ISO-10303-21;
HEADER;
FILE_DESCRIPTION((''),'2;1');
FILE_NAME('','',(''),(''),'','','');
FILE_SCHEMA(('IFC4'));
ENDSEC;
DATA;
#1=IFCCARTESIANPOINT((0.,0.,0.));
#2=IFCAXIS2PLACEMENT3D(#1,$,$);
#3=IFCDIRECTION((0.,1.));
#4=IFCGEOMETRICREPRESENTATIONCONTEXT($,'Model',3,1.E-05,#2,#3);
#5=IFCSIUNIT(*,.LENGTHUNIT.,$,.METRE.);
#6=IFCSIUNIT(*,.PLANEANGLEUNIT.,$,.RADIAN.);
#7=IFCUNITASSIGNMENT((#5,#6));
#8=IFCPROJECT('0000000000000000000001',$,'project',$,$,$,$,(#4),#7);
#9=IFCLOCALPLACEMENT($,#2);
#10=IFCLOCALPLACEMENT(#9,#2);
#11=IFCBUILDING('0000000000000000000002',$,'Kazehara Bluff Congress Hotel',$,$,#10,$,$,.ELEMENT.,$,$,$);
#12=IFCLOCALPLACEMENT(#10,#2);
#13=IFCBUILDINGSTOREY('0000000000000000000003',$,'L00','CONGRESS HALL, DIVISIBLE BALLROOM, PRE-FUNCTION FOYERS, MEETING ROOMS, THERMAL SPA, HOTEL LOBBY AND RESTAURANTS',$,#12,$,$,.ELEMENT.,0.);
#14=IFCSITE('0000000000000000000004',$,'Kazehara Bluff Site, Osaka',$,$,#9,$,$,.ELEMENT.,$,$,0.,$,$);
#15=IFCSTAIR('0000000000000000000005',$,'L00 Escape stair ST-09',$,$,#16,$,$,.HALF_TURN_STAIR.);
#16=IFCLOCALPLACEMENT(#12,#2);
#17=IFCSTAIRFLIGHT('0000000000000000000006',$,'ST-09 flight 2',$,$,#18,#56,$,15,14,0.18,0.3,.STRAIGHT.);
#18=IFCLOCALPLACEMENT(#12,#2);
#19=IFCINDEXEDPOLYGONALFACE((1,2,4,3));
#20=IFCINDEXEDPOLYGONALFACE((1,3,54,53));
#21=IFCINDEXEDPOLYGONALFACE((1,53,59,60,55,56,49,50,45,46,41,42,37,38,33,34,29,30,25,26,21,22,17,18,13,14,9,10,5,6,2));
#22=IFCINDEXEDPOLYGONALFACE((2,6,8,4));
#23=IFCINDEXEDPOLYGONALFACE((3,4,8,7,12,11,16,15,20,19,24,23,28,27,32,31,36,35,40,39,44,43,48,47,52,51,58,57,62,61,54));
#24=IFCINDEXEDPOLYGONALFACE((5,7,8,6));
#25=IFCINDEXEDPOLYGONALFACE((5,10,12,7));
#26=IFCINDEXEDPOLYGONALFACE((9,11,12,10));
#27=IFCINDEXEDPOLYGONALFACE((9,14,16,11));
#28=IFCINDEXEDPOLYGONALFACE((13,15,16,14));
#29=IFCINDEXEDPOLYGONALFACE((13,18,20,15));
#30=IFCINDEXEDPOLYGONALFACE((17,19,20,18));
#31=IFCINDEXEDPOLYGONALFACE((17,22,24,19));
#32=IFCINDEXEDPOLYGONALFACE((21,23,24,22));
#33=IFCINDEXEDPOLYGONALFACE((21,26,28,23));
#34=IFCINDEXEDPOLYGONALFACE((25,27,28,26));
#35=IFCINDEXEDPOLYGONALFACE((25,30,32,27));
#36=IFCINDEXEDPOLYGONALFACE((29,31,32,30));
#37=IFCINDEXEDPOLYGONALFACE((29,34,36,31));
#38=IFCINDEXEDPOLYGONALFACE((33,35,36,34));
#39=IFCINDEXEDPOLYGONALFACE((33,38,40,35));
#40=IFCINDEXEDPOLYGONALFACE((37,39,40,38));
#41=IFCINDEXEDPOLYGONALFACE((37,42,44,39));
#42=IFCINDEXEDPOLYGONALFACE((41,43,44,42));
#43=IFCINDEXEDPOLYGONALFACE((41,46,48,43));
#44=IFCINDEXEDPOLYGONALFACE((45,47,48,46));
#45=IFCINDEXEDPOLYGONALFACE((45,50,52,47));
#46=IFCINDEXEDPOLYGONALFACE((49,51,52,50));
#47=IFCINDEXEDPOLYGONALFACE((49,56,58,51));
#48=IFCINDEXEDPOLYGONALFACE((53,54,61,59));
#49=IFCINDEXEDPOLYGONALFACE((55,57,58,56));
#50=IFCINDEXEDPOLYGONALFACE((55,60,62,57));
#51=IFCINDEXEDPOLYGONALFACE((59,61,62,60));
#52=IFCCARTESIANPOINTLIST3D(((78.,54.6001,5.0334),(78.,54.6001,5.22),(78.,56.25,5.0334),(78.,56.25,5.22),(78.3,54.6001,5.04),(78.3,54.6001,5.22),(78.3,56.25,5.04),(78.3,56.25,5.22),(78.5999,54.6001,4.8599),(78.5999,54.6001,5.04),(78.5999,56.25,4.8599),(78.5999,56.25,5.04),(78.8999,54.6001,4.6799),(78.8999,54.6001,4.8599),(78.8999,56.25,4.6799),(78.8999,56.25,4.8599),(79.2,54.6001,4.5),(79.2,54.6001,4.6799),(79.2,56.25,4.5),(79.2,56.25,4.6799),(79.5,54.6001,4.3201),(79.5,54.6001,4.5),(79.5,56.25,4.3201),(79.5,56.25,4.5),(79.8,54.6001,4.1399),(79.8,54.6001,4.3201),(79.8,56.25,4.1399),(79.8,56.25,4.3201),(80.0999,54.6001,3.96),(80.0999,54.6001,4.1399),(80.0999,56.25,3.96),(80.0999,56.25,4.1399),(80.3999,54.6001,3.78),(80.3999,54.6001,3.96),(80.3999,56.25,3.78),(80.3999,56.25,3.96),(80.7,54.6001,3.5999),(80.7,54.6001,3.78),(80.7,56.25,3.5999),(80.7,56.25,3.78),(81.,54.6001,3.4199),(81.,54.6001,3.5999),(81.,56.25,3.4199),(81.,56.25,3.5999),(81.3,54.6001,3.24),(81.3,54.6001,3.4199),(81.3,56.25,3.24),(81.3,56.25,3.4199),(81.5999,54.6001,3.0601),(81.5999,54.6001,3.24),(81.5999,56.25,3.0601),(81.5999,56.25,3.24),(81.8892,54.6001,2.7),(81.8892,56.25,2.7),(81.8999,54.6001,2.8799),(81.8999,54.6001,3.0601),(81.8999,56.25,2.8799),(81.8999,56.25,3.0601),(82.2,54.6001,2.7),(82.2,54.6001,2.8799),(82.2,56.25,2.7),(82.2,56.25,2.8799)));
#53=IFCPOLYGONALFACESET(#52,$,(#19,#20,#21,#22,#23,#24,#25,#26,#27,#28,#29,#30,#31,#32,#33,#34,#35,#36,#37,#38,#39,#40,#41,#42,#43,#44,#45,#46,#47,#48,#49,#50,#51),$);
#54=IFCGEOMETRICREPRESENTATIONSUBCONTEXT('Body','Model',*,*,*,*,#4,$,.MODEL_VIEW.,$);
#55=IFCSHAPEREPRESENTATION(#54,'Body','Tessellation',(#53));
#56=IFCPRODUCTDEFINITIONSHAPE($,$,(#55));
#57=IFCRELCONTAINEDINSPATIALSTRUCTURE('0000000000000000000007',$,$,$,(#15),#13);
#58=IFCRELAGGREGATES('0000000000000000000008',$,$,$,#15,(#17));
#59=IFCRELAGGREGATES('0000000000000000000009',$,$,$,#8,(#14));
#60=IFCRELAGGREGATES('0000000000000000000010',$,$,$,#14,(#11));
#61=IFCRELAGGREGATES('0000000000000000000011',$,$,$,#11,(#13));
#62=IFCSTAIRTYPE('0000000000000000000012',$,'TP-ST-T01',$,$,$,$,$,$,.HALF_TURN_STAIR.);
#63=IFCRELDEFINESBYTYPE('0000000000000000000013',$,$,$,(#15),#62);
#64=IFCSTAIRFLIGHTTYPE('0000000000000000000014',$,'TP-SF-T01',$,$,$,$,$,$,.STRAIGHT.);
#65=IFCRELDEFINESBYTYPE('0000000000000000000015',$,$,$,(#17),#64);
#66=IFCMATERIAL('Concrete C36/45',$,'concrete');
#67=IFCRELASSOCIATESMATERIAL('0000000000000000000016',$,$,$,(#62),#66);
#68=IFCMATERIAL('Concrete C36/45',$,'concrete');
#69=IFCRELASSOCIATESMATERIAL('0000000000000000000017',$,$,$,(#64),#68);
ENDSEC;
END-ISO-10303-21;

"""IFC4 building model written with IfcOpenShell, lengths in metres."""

from ifc_helpers import new_model, si_unit, direction, frame, origin, place, context, subcontext, project, spatial, polyline, outline, extrude, material, type_object, element, aggregate, save


model = new_model("IFC4")

# Units and contexts
model_context = context("Model", 3, precision=1e-05, world=origin(), true_north=direction((0.0, 1.0)))
body_context = subcontext(model_context, "Body", "Model", "MODEL_VIEW")
ifc_project = project(units=[si_unit("LENGTHUNIT", "METRE"), si_unit("PLANEANGLEUNIT", "RADIAN")], contexts=[model_context])

# Site, building, storey
site_placement = place(None, origin())
site = spatial("IfcSite", under=ifc_project, at=site_placement, Name="Kazehara Bluff Site, Osaka", CompositionType="ELEMENT", RefElevation=0.0)
building_placement = place(site_placement, origin())
building = spatial("IfcBuilding", under=site, at=building_placement, Name="Kazehara Bluff Congress Hotel", CompositionType="ELEMENT")
storey_placement = place(building_placement, origin())
storey = spatial("IfcBuildingStorey", under=building, at=storey_placement, Name="L00", Description="CONGRESS HALL, DIVISIBLE BALLROOM, PRE-FUNCTION FOYERS, MEETING ROOMS, THERMAL SPA, HOTEL LOBBY AND RESTAURANTS", CompositionType="ELEMENT", Elevation=0.0)

# Stair, stair flight
ifc_material_1 = material(Name="Concrete C36/45", Category="concrete")
stair_type = type_object("IfcStairType", Name="TP-ST-T01", PredefinedType="HALF_TURN_STAIR", material=ifc_material_1)
stair_placement = place(storey_placement, origin())
stair = element("IfcStair", 1, at=stair_placement, inside=storey, type_object=stair_type, Name="L00 Escape stair ST-09", PredefinedType="HALF_TURN_STAIR")
ifc_material_2 = material(Name="Concrete C36/45", Category="concrete")
stair_flight_type = type_object("IfcStairFlightType", Name="TP-SF-T01", PredefinedType="STRAIGHT", material=ifc_material_2)
stair_flight_1_placement = place(storey_placement, frame((82.2, 55.425, 2.7), z_axis=(0.0, 0.0, 1.0), x_axis=(-1.0, 0.0, 0.0)))
stair_flight_1 = element("IfcStairFlight", 2, at=stair_flight_1_placement, type_object=stair_flight_type, Name="ST-09 flight 2", NumberOfRisers=15, NumberOfTreads=14, PredefinedType="STRAIGHT", RiserHeight=0.18, TreadLength=0.3, context=body_context, shape_type="SweptSolid", body=[
    extrude(outline(polyline([(0.0, 0.0), (0.0, 0.1799), (0.3, 0.1799), (0.3, 0.3601), (0.6001, 0.3601), (0.6001, 0.54), (0.8999, 0.54), (0.8999, 0.72), (1.2, 0.72), (1.2, 0.8999), (1.5, 0.8999), (1.5, 1.0801), (1.8, 1.0801), (1.8, 1.26), (2.1001, 1.26), (2.1001, 1.4399), (2.3999, 1.4399), (2.3999, 1.6201), (2.7, 1.6201), (2.7, 1.8), (3.0, 1.8), (3.0, 1.98), (3.3, 1.98), (3.3, 2.1599), (3.6001, 2.1599), (3.6001, 2.3401), (3.8999, 2.3401), (3.8999, 2.52), (4.2, 2.52), (4.2, 2.7), (4.2, 2.3335), (0.3108, 0.0), (0.0, 0.0)])), frame((0.0, 0.825, 0.0), z_axis=(0.0, -1.0, 0.0), x_axis=(1.0, 0.0, 0.0)), (0.0, 0.0, 1.0), 1.6499),
])
aggregate(stair, [stair_flight_1])

save(model, "model.ifc")
